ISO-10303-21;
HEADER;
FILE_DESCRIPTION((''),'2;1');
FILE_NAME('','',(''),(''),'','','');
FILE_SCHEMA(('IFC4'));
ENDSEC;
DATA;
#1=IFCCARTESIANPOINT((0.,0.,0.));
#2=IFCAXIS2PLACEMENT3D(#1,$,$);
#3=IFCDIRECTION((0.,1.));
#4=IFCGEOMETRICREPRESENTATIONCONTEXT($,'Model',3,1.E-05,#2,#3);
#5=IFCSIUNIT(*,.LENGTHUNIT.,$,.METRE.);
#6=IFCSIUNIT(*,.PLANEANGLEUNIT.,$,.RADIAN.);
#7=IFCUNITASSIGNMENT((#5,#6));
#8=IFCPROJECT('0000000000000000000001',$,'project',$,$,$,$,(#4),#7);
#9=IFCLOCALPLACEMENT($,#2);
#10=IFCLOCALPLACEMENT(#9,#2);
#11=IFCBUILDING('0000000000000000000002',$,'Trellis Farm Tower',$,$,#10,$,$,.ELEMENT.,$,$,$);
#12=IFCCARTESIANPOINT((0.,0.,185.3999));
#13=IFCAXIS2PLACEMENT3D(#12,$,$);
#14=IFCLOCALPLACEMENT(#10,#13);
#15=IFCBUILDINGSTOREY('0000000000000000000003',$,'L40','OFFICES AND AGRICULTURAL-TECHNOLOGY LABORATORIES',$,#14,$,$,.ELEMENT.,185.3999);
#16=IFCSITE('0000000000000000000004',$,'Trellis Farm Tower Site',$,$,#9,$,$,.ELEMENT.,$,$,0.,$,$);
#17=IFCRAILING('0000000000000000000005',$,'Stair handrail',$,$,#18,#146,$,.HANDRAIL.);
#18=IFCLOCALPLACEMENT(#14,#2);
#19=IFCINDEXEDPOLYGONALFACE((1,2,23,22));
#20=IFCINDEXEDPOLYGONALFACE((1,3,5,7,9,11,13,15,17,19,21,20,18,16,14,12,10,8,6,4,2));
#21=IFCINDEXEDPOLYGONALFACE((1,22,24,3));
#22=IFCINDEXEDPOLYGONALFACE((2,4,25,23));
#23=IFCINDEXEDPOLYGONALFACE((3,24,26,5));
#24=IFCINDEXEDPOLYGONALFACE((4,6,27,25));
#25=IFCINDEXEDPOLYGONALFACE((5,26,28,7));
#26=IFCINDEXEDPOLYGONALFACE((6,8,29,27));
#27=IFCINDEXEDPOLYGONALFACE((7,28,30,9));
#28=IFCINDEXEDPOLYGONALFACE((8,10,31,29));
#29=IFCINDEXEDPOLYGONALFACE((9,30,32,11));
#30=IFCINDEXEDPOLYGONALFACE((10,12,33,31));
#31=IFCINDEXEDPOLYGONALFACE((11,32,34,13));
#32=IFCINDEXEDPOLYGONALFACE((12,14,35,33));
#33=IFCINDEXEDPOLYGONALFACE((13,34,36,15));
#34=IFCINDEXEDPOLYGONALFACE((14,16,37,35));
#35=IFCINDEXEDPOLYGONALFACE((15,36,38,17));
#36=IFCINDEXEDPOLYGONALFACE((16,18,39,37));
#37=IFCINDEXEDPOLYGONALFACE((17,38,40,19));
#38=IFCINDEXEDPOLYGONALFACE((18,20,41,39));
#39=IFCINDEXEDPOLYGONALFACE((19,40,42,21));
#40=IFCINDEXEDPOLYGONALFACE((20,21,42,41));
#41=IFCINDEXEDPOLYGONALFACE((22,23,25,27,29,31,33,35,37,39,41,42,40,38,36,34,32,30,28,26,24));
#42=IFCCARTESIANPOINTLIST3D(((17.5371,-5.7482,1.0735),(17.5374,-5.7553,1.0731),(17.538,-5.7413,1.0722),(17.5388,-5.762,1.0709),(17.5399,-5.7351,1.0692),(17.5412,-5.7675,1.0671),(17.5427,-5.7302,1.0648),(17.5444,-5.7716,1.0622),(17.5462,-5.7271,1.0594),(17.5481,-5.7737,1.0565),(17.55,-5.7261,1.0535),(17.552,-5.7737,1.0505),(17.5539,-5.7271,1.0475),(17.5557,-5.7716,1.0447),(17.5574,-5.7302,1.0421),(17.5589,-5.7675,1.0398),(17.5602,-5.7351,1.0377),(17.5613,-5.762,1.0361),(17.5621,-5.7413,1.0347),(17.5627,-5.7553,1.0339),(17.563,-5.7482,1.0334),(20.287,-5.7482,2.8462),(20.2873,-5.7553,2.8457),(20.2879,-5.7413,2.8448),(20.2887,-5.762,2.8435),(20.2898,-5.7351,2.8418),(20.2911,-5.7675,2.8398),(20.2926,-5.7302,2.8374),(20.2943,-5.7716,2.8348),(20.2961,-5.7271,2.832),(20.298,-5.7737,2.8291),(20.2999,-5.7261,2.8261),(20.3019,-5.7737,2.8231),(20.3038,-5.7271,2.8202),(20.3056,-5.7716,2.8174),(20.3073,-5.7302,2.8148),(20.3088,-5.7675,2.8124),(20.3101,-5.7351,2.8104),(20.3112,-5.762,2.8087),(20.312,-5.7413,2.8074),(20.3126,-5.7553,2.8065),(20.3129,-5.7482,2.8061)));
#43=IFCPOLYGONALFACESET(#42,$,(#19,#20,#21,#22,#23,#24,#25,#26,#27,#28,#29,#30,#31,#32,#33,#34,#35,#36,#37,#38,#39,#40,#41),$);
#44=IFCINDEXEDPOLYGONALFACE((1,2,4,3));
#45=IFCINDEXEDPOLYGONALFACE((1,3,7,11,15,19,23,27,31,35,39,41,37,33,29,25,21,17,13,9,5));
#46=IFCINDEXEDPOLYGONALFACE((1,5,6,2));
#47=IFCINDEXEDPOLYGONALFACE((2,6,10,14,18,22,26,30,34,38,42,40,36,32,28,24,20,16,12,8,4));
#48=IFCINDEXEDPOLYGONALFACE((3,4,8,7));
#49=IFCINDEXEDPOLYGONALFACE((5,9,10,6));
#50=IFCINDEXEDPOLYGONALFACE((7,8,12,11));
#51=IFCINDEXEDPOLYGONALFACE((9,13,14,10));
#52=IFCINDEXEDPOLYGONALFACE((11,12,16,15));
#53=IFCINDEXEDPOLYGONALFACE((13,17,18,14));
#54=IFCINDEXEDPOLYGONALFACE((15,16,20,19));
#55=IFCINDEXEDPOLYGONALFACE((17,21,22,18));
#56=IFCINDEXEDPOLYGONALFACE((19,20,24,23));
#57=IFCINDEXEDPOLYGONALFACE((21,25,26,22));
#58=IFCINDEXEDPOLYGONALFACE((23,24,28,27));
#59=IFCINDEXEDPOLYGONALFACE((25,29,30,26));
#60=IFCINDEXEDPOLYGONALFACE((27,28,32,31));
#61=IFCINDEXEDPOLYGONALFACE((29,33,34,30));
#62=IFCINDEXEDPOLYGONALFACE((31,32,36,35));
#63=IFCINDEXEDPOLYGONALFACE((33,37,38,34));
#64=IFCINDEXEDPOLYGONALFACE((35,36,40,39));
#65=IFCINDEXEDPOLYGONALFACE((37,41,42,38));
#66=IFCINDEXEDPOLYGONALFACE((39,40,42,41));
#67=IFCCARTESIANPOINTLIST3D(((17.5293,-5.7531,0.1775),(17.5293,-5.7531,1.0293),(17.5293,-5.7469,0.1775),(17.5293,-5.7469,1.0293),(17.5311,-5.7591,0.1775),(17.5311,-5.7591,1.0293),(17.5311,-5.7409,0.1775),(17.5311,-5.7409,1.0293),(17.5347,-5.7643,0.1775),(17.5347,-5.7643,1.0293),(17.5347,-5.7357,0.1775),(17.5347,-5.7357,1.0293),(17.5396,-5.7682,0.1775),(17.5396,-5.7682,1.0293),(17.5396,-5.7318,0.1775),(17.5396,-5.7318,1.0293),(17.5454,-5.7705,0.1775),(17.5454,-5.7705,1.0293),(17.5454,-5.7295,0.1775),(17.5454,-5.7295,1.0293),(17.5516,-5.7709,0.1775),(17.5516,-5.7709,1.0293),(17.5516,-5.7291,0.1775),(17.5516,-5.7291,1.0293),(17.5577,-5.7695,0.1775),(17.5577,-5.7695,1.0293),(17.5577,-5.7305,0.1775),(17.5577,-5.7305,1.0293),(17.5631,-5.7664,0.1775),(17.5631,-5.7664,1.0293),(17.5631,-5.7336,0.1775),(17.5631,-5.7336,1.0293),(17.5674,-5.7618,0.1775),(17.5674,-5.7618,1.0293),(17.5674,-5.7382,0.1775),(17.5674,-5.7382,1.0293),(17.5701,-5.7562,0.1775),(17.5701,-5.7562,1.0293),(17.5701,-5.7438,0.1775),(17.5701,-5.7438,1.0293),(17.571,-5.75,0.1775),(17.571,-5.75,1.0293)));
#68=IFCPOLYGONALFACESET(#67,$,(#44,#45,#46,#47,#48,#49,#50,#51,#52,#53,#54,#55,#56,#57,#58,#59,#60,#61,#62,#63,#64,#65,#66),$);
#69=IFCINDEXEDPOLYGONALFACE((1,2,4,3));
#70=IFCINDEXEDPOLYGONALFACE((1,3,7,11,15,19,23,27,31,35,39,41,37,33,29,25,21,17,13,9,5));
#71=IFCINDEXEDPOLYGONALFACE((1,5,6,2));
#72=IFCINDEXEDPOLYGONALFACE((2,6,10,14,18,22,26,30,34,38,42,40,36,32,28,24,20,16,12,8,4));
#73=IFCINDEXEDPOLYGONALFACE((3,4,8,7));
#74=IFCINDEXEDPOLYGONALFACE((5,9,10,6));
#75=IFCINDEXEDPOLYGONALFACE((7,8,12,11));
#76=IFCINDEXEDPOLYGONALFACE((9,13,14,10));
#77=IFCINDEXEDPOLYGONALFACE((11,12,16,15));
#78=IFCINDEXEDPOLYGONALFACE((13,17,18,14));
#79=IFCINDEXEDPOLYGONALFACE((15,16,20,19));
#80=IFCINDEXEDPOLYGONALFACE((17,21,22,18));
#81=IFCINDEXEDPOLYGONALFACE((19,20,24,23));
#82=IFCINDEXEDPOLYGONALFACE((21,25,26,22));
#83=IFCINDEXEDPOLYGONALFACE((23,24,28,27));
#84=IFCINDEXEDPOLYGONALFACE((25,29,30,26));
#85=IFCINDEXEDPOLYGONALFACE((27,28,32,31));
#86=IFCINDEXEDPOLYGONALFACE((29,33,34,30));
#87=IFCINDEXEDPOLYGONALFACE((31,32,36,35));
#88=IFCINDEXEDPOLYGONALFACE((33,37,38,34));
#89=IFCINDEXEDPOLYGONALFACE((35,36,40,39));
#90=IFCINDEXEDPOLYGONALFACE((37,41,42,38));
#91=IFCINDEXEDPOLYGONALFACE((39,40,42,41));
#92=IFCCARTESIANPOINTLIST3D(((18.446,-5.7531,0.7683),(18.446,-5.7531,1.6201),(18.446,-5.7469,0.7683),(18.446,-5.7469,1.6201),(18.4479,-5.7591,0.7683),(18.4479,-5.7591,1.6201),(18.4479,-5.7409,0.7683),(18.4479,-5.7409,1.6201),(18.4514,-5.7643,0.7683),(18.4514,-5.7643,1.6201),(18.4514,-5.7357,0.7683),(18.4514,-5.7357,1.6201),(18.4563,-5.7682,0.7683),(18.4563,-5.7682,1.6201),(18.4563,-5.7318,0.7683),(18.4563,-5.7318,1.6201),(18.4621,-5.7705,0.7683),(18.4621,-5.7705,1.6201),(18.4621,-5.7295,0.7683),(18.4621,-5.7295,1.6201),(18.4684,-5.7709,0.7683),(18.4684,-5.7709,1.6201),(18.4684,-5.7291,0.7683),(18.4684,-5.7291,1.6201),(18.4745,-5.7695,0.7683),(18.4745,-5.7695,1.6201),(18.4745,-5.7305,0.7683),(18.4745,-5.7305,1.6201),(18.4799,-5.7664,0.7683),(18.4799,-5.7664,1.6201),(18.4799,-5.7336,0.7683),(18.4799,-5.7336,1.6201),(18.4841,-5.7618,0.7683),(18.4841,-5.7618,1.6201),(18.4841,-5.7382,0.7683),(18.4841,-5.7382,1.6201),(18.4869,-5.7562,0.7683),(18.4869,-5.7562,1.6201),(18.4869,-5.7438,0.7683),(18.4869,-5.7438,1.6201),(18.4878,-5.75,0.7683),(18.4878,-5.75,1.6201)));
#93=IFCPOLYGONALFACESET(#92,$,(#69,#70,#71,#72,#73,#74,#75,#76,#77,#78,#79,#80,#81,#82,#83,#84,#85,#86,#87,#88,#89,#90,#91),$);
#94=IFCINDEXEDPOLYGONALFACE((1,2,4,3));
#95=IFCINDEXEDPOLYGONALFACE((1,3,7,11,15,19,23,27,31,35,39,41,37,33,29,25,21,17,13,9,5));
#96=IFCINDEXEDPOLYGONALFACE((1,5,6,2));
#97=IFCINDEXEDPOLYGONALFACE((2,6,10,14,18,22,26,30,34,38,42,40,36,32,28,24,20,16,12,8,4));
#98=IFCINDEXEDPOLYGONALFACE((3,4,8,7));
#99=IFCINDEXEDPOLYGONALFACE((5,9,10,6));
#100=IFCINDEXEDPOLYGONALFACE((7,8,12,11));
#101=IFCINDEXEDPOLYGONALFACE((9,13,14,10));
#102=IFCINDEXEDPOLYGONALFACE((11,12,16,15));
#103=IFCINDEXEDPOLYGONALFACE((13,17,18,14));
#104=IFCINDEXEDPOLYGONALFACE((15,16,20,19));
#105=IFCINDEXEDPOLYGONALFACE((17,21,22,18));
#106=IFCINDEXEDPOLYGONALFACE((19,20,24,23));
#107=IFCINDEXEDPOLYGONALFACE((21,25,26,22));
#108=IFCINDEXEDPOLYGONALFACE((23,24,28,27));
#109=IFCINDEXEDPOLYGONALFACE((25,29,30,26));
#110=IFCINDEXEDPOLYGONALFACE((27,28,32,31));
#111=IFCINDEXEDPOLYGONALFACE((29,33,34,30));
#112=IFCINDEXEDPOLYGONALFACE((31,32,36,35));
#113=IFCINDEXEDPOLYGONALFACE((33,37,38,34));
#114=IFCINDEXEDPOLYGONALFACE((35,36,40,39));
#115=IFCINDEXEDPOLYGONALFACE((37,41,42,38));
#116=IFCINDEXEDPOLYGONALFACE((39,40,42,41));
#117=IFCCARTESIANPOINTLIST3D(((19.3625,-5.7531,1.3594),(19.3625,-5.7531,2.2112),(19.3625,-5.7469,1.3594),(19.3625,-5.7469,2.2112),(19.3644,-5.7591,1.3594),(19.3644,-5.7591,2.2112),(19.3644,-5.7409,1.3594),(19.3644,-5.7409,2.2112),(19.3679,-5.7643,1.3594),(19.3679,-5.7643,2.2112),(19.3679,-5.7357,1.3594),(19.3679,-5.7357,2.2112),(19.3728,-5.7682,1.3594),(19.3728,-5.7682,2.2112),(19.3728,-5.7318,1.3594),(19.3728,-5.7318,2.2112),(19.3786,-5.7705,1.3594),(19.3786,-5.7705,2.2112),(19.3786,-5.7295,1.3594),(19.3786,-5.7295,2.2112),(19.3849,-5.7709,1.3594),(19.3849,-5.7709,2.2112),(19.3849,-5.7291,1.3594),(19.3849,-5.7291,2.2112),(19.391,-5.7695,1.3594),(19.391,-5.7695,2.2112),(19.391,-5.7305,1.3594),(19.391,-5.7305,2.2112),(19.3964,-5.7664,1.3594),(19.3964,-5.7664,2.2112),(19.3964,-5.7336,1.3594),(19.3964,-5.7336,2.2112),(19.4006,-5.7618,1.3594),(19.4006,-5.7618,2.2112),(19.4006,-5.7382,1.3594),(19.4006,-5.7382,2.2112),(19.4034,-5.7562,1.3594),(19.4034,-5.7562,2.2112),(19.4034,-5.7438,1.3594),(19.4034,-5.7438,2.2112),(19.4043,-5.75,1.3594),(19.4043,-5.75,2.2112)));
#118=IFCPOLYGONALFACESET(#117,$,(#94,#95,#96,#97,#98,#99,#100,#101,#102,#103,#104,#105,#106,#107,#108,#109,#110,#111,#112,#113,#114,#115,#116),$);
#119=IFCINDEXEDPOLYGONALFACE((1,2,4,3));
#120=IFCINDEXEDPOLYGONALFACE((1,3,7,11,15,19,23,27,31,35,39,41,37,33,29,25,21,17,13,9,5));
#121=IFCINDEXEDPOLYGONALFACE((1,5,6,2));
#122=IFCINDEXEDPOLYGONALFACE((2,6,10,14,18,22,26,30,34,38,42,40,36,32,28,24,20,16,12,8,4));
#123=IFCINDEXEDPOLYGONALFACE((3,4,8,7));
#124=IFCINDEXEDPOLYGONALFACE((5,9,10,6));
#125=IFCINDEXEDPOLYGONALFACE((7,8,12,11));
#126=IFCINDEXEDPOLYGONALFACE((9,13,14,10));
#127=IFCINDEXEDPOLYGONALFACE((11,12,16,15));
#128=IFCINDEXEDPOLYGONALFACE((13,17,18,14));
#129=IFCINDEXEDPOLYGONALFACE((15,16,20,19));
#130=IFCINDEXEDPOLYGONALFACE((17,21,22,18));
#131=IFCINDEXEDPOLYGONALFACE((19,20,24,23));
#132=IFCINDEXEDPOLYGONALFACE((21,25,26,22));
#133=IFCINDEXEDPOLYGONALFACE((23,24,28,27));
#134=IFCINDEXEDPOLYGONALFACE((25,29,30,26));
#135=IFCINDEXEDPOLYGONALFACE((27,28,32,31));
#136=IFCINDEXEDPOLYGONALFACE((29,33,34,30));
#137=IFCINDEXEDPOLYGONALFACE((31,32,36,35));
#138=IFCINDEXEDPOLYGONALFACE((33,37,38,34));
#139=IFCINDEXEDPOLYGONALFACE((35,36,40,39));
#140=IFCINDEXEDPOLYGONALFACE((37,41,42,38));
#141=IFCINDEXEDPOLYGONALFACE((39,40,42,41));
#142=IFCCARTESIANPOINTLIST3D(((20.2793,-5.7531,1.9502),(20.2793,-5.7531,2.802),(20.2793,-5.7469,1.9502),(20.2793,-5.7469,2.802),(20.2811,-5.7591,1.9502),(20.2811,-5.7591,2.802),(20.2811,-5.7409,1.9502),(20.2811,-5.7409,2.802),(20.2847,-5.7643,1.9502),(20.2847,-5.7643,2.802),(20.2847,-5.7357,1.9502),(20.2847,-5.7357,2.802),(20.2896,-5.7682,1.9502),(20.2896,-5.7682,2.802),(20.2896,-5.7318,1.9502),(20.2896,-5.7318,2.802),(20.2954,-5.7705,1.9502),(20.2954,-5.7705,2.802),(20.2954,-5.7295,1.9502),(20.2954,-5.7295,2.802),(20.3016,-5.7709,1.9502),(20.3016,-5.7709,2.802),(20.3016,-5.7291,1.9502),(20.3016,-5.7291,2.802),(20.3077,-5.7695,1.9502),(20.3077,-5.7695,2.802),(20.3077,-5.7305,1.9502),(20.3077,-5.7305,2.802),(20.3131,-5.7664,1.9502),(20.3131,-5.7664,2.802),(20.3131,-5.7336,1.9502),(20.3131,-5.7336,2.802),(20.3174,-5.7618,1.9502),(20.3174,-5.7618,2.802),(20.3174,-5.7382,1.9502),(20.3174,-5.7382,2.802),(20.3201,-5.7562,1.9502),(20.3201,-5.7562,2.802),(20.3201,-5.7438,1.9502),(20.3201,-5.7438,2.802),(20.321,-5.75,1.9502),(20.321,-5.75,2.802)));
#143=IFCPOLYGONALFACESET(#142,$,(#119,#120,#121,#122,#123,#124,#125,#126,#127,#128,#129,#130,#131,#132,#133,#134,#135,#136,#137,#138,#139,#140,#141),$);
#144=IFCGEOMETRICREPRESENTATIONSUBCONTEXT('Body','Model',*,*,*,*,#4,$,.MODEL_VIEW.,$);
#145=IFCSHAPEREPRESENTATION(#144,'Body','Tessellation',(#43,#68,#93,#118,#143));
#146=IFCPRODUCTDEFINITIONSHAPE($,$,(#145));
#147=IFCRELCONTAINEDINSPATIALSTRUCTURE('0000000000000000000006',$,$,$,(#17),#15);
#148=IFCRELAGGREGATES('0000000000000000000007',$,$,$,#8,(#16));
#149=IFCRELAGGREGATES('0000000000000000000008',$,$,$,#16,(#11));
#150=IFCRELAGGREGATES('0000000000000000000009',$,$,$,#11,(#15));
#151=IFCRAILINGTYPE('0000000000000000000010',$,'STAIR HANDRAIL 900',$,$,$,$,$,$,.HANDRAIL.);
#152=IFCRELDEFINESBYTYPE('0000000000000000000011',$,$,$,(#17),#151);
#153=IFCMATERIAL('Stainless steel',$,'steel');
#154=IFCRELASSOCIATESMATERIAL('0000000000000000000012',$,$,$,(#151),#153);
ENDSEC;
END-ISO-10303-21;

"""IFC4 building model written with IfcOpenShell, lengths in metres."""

from ifc_helpers import new_model, si_unit, direction, frame, origin, origin_2d, place, context, subcontext, project, spatial, circle, extrude, source, transform, mapped, material, type_object, element, save


model = new_model("IFC4")

# Units and contexts
model_context = context("Model", 3, precision=1e-05, world=origin(), true_north=direction((0.0, 1.0)))
body_context = subcontext(model_context, "Body", "Model", "MODEL_VIEW")
ifc_project = project(units=[si_unit("LENGTHUNIT", "METRE"), si_unit("PLANEANGLEUNIT", "RADIAN")], contexts=[model_context])

# Site, building, storey
site_placement = place(None, origin())
site = spatial("IfcSite", under=ifc_project, at=site_placement, Name="Trellis Farm Tower Site", CompositionType="ELEMENT", RefElevation=0.0)
building_placement = place(site_placement, origin())
building = spatial("IfcBuilding", under=site, at=building_placement, Name="Trellis Farm Tower", CompositionType="ELEMENT")
storey_placement = place(building_placement, frame((0.0, 0.0, 185.3999)))
storey = spatial("IfcBuildingStorey", under=building, at=storey_placement, Name="L40", Description="OFFICES AND AGRICULTURAL-TECHNOLOGY LABORATORIES", CompositionType="ELEMENT", Elevation=185.3999)

# Railing
ifc_material_1 = material(Name="Stainless steel", Category="steel")
railing_type = type_object("IfcRailingType", Name="STAIR HANDRAIL 900", PredefinedType="HANDRAIL", material=ifc_material_1)
shared_shape_1 = source(origin(), body_context, "Body", "SweptSolid", [
    extrude(circle(Radius=0.0239, at=origin_2d()), frame((0.0, 0.0, 0.876), z_axis=(0.840504, 0.0, 0.541806), x_axis=(0.0, 1.0, 0.0)), (0.0, 0.0, 1.0), 3.2717),
    extrude(circle(Radius=0.021, at=origin_2d()), origin(), (0.0, 0.0, 1.0), 0.8518),
    extrude(circle(Radius=0.021, at=origin_2d()), frame((0.9167, 0.0, 0.5908)), (0.0, 0.0, 1.0), 0.8518),
    extrude(circle(Radius=0.021, at=origin_2d()), frame((1.8333, 0.0, 1.1819)), (0.0, 0.0, 1.0), 0.8518),
    extrude(circle(Radius=0.021, at=origin_2d()), frame((2.75, 0.0, 1.7727)), (0.0, 0.0, 1.0), 0.8518),
])
for number, where, name in (
    (1, (17.55, -5.75, 0.1775), "Stair handrail"),
):
    element("IfcRailing", number, at=place(storey_placement, frame(where)), inside=storey, type_object=railing_type, Name=name, PredefinedType="HANDRAIL", context=body_context, shape_type="MappedRepresentation", body=[
        mapped(shared_shape_1, transform((0.0, 0.0, 0.0))),
    ])

save(model, "model.ifc")
